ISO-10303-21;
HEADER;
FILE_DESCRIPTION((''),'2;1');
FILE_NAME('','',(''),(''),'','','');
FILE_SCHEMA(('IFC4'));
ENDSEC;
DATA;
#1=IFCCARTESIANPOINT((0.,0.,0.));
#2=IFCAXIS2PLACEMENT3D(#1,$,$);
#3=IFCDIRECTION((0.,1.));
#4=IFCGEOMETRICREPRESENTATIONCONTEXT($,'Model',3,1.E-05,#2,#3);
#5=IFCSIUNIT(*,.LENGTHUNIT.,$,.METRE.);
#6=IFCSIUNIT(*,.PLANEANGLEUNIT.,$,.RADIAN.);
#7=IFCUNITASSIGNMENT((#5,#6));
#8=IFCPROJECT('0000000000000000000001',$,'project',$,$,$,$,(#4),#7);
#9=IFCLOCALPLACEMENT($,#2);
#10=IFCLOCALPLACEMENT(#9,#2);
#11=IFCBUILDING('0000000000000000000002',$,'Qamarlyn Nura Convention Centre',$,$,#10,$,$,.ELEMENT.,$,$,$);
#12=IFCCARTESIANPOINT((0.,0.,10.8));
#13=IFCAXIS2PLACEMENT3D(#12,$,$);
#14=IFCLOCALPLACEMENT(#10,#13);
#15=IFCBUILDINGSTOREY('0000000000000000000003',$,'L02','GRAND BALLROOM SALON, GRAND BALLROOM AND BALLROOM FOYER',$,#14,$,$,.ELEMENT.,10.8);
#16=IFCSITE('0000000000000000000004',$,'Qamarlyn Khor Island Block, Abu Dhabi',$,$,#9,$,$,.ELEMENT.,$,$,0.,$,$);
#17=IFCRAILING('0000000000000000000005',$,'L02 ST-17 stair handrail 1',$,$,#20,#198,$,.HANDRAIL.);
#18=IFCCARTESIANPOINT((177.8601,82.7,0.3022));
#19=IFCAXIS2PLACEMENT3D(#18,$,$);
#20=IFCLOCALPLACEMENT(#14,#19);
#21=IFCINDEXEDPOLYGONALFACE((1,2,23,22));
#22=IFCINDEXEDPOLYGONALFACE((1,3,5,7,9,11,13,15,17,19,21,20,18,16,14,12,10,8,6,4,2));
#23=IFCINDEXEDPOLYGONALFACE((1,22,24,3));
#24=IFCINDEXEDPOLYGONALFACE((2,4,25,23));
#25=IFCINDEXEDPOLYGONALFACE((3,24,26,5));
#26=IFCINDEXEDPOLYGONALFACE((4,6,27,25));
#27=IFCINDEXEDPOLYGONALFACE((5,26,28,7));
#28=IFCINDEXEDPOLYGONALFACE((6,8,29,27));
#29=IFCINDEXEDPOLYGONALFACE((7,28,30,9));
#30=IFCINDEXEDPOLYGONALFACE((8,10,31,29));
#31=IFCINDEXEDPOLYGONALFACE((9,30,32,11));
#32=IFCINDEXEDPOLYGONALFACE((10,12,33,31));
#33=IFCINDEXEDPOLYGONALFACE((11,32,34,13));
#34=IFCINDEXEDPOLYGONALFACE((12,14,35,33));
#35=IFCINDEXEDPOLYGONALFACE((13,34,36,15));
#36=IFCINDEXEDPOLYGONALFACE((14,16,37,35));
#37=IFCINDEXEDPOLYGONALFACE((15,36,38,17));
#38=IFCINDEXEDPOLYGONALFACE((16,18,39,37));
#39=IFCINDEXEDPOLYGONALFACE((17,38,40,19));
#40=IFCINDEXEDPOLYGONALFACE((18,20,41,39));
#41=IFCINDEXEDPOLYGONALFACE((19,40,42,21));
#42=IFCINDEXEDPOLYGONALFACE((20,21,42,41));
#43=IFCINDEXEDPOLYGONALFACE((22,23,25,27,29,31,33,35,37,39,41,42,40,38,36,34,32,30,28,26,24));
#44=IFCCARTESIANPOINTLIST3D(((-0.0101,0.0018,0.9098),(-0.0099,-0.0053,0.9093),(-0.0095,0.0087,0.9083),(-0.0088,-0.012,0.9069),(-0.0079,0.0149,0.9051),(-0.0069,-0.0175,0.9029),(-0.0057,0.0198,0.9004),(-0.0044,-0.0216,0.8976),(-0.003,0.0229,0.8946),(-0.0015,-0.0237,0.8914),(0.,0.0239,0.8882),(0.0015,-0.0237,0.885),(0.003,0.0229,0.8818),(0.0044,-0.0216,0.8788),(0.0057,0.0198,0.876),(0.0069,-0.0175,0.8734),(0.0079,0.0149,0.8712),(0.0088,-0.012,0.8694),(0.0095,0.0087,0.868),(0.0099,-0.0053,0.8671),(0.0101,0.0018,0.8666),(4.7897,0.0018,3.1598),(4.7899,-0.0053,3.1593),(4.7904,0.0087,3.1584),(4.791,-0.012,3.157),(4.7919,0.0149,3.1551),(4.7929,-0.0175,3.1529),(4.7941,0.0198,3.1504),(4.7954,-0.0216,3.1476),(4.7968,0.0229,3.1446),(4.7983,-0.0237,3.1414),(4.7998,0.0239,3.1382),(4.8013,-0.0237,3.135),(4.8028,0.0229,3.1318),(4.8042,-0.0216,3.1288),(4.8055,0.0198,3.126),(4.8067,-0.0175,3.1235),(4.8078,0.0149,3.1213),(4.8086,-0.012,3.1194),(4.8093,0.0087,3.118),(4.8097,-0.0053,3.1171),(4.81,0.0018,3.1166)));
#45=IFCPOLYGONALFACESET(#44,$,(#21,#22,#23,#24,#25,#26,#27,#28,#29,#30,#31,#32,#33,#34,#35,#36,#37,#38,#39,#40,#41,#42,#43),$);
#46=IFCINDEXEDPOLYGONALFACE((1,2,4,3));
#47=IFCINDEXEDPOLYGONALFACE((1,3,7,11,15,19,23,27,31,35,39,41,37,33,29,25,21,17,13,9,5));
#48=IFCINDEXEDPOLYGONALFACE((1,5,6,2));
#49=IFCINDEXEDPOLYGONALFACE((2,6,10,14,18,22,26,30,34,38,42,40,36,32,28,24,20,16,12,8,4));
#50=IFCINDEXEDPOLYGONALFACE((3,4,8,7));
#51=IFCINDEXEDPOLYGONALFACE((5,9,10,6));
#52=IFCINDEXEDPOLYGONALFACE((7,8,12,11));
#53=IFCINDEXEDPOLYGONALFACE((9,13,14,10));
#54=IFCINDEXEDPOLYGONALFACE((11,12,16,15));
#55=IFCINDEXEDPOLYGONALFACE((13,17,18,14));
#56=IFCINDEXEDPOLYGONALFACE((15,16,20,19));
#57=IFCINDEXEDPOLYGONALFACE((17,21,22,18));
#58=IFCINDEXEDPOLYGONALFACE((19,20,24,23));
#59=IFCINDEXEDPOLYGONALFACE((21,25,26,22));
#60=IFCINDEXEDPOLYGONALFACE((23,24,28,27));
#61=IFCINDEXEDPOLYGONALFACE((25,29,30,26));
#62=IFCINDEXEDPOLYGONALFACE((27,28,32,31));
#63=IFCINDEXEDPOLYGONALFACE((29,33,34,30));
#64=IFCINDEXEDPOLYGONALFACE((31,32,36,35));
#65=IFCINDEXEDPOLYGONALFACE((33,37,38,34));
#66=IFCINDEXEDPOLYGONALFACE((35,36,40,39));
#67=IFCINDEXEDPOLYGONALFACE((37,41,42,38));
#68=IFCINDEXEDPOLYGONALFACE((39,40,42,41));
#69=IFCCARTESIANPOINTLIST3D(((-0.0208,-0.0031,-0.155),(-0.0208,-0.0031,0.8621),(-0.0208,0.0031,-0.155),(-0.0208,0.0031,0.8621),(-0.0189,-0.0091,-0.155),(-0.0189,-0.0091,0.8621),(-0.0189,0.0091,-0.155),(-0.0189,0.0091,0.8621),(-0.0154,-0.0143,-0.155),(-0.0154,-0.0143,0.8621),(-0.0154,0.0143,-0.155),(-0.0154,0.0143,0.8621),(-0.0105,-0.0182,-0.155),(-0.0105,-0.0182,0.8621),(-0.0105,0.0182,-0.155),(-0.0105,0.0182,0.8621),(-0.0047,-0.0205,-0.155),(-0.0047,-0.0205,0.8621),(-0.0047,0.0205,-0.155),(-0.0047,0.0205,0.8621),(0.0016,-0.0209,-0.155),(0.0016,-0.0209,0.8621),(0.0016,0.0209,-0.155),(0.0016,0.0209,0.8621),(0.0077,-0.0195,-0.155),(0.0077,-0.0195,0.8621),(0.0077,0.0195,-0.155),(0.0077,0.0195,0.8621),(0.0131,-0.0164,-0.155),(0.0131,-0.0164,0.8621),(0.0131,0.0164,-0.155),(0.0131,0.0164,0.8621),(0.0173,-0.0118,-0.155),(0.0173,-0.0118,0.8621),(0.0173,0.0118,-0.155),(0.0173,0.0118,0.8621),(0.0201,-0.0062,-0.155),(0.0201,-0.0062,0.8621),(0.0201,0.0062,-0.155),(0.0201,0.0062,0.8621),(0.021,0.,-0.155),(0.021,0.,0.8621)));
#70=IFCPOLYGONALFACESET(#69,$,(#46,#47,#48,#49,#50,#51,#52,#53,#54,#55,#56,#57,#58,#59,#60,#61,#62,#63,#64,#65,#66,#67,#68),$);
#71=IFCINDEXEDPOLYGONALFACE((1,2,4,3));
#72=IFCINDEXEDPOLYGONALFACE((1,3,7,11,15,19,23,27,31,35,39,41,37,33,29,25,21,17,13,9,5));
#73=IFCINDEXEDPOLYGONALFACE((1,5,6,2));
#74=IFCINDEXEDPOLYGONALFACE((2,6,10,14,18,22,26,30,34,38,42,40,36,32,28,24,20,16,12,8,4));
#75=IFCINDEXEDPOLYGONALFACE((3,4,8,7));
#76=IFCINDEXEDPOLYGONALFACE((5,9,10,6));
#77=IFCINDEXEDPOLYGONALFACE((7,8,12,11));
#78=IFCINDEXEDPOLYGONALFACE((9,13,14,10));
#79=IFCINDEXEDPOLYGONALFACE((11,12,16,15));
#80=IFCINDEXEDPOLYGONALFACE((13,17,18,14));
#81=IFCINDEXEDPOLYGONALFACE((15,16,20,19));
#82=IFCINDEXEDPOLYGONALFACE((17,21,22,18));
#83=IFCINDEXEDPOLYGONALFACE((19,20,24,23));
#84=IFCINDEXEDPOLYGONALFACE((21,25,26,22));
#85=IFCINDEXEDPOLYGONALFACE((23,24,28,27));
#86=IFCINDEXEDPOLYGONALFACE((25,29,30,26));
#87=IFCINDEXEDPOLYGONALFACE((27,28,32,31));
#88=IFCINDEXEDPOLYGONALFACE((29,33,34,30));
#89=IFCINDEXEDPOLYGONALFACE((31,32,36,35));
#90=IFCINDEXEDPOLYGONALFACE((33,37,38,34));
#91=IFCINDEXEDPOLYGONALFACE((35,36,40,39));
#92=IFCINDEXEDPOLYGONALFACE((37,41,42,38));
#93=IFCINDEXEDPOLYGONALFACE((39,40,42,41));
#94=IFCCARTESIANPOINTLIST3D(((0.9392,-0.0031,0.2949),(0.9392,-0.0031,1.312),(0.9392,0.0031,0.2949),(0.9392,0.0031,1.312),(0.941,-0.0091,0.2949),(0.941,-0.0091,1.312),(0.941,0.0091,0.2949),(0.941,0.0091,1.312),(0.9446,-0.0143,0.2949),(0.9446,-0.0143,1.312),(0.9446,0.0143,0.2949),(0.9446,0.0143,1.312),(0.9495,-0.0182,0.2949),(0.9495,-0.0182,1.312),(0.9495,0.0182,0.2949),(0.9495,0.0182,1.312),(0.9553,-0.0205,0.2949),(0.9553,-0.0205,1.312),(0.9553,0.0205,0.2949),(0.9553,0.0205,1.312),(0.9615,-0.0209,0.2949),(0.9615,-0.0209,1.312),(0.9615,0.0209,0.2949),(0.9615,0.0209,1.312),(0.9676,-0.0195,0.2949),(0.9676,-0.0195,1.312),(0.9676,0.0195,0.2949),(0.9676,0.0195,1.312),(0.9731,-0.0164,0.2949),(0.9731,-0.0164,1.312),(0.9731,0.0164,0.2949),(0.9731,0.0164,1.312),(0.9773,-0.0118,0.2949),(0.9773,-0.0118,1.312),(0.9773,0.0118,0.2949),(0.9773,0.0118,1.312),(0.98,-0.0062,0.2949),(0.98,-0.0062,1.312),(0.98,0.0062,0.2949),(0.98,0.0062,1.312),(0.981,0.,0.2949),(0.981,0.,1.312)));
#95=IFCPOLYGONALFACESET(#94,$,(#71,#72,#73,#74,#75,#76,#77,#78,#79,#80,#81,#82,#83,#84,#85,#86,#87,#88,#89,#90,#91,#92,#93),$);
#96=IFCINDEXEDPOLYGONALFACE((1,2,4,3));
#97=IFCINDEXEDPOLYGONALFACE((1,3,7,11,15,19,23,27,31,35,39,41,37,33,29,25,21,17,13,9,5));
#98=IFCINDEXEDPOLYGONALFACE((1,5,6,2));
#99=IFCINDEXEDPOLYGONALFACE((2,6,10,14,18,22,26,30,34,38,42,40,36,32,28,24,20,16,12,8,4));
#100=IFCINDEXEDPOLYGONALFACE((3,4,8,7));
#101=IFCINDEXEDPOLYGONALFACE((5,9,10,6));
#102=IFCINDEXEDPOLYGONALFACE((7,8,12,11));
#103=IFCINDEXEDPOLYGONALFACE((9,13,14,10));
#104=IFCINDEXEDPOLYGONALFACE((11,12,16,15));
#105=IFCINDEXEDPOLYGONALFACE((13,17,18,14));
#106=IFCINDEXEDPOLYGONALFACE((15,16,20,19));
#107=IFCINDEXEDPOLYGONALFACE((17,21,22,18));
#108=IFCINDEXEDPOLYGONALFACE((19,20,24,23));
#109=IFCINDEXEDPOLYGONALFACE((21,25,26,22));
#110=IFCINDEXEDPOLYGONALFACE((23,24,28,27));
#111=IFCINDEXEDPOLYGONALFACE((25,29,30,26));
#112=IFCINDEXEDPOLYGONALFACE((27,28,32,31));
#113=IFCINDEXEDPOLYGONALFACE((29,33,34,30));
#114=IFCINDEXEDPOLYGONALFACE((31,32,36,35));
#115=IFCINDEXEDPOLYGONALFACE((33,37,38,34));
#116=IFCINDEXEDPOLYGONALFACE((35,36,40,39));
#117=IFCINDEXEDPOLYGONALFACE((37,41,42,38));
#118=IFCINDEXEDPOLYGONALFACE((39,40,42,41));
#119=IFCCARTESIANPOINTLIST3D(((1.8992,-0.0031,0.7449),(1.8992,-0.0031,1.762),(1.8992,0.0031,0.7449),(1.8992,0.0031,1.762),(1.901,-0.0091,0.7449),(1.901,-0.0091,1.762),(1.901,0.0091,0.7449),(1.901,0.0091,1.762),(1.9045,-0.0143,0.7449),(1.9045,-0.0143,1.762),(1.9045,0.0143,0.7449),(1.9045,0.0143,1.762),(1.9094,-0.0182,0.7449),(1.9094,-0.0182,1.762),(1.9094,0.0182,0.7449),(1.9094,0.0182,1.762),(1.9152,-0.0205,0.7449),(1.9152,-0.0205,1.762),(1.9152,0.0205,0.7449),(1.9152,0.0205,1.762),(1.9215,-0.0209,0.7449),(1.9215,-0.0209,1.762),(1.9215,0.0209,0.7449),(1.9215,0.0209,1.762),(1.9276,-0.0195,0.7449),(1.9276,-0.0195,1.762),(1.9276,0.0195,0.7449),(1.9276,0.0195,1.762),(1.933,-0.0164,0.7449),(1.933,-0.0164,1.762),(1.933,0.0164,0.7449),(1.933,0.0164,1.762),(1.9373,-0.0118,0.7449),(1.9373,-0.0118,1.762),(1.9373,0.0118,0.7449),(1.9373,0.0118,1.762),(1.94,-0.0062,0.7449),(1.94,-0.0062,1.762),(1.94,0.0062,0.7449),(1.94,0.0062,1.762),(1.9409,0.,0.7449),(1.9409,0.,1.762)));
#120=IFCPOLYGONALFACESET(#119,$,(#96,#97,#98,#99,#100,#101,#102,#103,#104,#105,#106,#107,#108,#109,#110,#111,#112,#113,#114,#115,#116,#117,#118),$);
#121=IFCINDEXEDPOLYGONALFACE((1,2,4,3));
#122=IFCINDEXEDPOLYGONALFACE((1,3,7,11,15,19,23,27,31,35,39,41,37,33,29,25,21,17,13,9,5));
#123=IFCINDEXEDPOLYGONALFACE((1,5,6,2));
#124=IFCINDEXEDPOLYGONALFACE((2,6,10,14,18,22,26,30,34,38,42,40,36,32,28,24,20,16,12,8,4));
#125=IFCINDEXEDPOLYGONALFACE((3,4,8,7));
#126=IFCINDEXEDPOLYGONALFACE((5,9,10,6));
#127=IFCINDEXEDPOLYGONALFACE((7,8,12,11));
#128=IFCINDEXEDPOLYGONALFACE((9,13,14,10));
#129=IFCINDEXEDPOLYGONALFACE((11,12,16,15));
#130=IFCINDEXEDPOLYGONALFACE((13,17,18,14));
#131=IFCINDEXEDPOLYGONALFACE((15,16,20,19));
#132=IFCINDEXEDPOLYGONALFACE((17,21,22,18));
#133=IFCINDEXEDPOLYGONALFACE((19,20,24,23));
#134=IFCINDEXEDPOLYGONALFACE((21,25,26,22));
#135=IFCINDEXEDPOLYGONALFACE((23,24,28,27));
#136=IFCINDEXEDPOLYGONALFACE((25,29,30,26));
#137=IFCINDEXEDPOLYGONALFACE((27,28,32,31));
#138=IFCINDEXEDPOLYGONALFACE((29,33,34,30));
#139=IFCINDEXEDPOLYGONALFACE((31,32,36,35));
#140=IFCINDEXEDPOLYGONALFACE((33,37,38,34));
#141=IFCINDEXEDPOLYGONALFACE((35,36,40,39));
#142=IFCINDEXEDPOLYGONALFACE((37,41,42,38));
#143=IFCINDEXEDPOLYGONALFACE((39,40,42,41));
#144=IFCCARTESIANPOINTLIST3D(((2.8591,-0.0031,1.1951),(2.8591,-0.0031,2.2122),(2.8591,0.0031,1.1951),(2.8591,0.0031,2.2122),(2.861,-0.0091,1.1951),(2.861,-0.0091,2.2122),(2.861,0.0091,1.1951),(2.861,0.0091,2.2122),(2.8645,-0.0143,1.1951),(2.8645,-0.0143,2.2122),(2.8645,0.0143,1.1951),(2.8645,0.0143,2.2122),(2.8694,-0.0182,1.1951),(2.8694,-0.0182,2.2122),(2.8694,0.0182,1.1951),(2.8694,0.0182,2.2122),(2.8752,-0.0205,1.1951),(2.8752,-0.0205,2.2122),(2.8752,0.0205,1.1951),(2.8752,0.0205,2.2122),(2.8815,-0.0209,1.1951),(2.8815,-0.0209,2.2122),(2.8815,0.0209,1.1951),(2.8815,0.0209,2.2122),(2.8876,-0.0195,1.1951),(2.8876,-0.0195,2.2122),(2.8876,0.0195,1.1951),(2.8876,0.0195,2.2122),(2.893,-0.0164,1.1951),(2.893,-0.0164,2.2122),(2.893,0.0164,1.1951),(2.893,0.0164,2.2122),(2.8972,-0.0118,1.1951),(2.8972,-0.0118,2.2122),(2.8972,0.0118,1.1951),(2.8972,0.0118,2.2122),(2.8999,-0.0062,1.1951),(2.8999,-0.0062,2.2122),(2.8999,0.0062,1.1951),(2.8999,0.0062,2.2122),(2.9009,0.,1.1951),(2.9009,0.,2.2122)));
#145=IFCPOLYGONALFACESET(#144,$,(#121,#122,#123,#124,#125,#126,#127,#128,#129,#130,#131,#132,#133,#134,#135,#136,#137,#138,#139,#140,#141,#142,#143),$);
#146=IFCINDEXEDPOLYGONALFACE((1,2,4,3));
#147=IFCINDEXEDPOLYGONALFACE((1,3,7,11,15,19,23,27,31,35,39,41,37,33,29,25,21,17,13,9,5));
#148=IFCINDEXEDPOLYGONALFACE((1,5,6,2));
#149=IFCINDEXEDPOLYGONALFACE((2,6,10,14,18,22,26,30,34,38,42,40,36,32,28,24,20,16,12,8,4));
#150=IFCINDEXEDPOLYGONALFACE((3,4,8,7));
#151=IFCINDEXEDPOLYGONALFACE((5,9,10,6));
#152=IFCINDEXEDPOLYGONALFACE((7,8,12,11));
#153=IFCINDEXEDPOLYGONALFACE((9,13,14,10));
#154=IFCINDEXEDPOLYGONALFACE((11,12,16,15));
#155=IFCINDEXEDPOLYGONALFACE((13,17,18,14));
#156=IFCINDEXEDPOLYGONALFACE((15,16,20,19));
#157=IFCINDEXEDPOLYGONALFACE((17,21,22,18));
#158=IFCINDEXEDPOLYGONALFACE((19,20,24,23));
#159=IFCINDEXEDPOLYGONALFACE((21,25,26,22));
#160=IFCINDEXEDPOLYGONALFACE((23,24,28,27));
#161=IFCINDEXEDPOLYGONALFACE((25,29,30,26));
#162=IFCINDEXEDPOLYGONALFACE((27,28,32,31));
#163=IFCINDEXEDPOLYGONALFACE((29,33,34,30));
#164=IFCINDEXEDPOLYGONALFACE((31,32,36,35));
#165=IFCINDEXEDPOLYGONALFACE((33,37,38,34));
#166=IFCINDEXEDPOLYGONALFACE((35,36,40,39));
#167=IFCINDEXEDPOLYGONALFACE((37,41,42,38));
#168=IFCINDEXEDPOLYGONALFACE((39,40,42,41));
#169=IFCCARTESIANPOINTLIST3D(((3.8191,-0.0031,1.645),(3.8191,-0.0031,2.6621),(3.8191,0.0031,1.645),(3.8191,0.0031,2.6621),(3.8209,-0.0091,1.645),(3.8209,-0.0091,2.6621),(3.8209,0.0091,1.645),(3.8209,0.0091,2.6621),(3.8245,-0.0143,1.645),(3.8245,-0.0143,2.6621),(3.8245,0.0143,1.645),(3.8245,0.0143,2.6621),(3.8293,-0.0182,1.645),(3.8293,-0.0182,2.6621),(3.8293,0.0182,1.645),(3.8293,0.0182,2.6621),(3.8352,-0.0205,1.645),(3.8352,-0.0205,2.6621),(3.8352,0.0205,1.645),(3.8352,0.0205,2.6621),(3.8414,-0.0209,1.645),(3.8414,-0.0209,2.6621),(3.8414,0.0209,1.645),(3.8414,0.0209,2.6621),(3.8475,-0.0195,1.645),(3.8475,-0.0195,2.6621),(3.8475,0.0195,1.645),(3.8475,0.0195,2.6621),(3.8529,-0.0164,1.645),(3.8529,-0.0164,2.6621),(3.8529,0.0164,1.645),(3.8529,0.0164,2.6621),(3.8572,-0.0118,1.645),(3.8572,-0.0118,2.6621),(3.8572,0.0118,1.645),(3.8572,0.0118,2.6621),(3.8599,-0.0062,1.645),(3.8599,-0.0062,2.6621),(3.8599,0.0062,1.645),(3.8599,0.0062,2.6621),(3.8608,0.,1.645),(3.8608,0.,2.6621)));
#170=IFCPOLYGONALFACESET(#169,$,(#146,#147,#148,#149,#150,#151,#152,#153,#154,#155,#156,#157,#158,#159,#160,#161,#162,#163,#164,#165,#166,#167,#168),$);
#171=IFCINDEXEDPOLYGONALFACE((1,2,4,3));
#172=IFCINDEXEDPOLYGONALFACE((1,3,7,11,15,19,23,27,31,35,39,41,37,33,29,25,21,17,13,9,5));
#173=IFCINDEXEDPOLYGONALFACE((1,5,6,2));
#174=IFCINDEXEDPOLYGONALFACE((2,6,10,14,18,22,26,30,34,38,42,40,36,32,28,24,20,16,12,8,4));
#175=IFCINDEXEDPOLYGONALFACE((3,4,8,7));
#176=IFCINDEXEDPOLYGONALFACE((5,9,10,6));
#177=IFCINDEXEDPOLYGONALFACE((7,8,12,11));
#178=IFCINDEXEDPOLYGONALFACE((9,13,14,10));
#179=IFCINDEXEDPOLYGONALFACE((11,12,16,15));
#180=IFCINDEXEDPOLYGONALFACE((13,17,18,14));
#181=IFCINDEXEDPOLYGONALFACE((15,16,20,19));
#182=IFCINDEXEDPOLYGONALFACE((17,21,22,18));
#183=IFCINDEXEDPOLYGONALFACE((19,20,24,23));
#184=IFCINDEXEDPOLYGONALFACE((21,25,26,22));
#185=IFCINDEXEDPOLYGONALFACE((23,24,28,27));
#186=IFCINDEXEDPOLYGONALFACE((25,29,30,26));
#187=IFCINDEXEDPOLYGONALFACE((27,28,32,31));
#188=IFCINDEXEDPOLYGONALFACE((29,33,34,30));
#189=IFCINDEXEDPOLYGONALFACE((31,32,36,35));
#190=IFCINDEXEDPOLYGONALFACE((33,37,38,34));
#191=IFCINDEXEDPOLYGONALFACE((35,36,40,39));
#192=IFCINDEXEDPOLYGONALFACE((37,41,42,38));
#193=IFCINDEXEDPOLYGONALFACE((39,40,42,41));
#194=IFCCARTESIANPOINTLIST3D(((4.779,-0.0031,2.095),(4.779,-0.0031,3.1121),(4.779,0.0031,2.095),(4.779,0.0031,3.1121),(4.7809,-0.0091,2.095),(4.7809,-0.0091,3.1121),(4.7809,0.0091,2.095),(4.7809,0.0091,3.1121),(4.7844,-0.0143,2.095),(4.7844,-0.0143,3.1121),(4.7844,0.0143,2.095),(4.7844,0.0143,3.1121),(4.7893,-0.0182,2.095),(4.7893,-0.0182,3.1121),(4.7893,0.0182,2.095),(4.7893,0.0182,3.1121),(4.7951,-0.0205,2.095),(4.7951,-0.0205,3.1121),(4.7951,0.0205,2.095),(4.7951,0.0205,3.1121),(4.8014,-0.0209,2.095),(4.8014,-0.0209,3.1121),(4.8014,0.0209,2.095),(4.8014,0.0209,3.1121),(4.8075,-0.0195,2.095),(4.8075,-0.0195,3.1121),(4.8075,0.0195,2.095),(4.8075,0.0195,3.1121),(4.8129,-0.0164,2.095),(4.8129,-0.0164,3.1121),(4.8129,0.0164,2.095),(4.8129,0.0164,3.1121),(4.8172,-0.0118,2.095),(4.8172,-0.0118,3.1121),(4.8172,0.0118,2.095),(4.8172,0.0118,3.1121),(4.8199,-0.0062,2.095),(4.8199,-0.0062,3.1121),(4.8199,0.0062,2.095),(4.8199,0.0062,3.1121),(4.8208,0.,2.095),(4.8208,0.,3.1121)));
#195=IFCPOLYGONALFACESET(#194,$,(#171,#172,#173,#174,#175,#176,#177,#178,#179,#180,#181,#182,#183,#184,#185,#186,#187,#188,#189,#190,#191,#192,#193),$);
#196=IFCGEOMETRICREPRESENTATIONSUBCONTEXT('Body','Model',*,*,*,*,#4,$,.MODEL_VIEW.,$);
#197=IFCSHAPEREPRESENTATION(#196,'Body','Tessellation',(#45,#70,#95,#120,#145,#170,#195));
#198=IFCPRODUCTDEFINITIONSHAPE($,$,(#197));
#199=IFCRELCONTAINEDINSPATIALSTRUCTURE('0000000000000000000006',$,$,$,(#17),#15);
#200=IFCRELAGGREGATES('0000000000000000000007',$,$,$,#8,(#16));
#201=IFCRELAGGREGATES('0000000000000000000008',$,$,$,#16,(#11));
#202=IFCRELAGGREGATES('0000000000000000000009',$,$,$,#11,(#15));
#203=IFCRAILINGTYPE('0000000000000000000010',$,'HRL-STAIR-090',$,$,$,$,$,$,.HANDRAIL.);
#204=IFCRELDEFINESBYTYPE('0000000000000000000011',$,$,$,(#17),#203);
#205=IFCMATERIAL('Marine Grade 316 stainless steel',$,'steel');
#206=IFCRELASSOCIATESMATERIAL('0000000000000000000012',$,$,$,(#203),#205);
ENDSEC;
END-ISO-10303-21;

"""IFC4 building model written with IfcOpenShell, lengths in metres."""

from ifc_helpers import new_model, si_unit, direction, frame, origin, origin_2d, place, context, subcontext, project, spatial, circle, extrude, material, type_object, element, save


model = new_model("IFC4")

# Units and contexts
model_context = context("Model", 3, precision=1e-05, world=origin(), true_north=direction((0.0, 1.0)))
body_context = subcontext(model_context, "Body", "Model", "MODEL_VIEW")
ifc_project = project(units=[si_unit("LENGTHUNIT", "METRE"), si_unit("PLANEANGLEUNIT", "RADIAN")], contexts=[model_context])

# Site, building, storey
site_placement = place(None, origin())
site = spatial("IfcSite", under=ifc_project, at=site_placement, Name="Qamarlyn Khor Island Block, Abu Dhabi", CompositionType="ELEMENT", RefElevation=0.0)
building_placement = place(site_placement, origin())
building = spatial("IfcBuilding", under=site, at=building_placement, Name="Qamarlyn Nura Convention Centre", CompositionType="ELEMENT")
storey_placement = place(building_placement, frame((0.0, 0.0, 10.8)))
storey = spatial("IfcBuildingStorey", under=building, at=storey_placement, Name="L02", Description="GRAND BALLROOM SALON, GRAND BALLROOM AND BALLROOM FOYER", CompositionType="ELEMENT", Elevation=10.8)

# Railing
ifc_material_1 = material(Name="Marine Grade 316 stainless steel", Category="steel")
railing_type_1 = type_object("IfcRailingType", Name="HRL-STAIR-090", PredefinedType="HANDRAIL", material=ifc_material_1)
railing_1_placement = place(storey_placement, frame((177.8601, 82.7, 0.3022)))
element("IfcRailing", 1, at=railing_1_placement, inside=storey, type_object=railing_type_1, Name="L02 ST-17 stair handrail 1", PredefinedType="HANDRAIL", context=body_context, shape_type="SweptSolid", body=[
    extrude(circle(Radius=0.0239, at=origin_2d()), frame((0.0, 0.0, 0.8882), z_axis=(0.905452, 0.0, 0.424448), x_axis=(0.0, 1.0, 0.0)), (0.0, 0.0, 1.0), 5.301),
    extrude(circle(Radius=0.021, at=origin_2d()), frame((0.0, 0.0, -0.155)), (0.0, 0.0, 1.0), 1.0171),
    extrude(circle(Radius=0.021, at=origin_2d()), frame((0.96, 0.0, 0.2949)), (0.0, 0.0, 1.0), 1.0171),
    extrude(circle(Radius=0.021, at=origin_2d()), frame((1.9199, 0.0, 0.7449)), (0.0, 0.0, 1.0), 1.0171),
    extrude(circle(Radius=0.021, at=origin_2d()), frame((2.8799, 0.0, 1.1951)), (0.0, 0.0, 1.0), 1.0171),
    extrude(circle(Radius=0.021, at=origin_2d()), frame((3.8398, 0.0, 1.645)), (0.0, 0.0, 1.0), 1.0171),
    extrude(circle(Radius=0.021, at=origin_2d()), frame((4.7998, 0.0, 2.095)), (0.0, 0.0, 1.0), 1.0171),
])

save(model, "model.ifc")
